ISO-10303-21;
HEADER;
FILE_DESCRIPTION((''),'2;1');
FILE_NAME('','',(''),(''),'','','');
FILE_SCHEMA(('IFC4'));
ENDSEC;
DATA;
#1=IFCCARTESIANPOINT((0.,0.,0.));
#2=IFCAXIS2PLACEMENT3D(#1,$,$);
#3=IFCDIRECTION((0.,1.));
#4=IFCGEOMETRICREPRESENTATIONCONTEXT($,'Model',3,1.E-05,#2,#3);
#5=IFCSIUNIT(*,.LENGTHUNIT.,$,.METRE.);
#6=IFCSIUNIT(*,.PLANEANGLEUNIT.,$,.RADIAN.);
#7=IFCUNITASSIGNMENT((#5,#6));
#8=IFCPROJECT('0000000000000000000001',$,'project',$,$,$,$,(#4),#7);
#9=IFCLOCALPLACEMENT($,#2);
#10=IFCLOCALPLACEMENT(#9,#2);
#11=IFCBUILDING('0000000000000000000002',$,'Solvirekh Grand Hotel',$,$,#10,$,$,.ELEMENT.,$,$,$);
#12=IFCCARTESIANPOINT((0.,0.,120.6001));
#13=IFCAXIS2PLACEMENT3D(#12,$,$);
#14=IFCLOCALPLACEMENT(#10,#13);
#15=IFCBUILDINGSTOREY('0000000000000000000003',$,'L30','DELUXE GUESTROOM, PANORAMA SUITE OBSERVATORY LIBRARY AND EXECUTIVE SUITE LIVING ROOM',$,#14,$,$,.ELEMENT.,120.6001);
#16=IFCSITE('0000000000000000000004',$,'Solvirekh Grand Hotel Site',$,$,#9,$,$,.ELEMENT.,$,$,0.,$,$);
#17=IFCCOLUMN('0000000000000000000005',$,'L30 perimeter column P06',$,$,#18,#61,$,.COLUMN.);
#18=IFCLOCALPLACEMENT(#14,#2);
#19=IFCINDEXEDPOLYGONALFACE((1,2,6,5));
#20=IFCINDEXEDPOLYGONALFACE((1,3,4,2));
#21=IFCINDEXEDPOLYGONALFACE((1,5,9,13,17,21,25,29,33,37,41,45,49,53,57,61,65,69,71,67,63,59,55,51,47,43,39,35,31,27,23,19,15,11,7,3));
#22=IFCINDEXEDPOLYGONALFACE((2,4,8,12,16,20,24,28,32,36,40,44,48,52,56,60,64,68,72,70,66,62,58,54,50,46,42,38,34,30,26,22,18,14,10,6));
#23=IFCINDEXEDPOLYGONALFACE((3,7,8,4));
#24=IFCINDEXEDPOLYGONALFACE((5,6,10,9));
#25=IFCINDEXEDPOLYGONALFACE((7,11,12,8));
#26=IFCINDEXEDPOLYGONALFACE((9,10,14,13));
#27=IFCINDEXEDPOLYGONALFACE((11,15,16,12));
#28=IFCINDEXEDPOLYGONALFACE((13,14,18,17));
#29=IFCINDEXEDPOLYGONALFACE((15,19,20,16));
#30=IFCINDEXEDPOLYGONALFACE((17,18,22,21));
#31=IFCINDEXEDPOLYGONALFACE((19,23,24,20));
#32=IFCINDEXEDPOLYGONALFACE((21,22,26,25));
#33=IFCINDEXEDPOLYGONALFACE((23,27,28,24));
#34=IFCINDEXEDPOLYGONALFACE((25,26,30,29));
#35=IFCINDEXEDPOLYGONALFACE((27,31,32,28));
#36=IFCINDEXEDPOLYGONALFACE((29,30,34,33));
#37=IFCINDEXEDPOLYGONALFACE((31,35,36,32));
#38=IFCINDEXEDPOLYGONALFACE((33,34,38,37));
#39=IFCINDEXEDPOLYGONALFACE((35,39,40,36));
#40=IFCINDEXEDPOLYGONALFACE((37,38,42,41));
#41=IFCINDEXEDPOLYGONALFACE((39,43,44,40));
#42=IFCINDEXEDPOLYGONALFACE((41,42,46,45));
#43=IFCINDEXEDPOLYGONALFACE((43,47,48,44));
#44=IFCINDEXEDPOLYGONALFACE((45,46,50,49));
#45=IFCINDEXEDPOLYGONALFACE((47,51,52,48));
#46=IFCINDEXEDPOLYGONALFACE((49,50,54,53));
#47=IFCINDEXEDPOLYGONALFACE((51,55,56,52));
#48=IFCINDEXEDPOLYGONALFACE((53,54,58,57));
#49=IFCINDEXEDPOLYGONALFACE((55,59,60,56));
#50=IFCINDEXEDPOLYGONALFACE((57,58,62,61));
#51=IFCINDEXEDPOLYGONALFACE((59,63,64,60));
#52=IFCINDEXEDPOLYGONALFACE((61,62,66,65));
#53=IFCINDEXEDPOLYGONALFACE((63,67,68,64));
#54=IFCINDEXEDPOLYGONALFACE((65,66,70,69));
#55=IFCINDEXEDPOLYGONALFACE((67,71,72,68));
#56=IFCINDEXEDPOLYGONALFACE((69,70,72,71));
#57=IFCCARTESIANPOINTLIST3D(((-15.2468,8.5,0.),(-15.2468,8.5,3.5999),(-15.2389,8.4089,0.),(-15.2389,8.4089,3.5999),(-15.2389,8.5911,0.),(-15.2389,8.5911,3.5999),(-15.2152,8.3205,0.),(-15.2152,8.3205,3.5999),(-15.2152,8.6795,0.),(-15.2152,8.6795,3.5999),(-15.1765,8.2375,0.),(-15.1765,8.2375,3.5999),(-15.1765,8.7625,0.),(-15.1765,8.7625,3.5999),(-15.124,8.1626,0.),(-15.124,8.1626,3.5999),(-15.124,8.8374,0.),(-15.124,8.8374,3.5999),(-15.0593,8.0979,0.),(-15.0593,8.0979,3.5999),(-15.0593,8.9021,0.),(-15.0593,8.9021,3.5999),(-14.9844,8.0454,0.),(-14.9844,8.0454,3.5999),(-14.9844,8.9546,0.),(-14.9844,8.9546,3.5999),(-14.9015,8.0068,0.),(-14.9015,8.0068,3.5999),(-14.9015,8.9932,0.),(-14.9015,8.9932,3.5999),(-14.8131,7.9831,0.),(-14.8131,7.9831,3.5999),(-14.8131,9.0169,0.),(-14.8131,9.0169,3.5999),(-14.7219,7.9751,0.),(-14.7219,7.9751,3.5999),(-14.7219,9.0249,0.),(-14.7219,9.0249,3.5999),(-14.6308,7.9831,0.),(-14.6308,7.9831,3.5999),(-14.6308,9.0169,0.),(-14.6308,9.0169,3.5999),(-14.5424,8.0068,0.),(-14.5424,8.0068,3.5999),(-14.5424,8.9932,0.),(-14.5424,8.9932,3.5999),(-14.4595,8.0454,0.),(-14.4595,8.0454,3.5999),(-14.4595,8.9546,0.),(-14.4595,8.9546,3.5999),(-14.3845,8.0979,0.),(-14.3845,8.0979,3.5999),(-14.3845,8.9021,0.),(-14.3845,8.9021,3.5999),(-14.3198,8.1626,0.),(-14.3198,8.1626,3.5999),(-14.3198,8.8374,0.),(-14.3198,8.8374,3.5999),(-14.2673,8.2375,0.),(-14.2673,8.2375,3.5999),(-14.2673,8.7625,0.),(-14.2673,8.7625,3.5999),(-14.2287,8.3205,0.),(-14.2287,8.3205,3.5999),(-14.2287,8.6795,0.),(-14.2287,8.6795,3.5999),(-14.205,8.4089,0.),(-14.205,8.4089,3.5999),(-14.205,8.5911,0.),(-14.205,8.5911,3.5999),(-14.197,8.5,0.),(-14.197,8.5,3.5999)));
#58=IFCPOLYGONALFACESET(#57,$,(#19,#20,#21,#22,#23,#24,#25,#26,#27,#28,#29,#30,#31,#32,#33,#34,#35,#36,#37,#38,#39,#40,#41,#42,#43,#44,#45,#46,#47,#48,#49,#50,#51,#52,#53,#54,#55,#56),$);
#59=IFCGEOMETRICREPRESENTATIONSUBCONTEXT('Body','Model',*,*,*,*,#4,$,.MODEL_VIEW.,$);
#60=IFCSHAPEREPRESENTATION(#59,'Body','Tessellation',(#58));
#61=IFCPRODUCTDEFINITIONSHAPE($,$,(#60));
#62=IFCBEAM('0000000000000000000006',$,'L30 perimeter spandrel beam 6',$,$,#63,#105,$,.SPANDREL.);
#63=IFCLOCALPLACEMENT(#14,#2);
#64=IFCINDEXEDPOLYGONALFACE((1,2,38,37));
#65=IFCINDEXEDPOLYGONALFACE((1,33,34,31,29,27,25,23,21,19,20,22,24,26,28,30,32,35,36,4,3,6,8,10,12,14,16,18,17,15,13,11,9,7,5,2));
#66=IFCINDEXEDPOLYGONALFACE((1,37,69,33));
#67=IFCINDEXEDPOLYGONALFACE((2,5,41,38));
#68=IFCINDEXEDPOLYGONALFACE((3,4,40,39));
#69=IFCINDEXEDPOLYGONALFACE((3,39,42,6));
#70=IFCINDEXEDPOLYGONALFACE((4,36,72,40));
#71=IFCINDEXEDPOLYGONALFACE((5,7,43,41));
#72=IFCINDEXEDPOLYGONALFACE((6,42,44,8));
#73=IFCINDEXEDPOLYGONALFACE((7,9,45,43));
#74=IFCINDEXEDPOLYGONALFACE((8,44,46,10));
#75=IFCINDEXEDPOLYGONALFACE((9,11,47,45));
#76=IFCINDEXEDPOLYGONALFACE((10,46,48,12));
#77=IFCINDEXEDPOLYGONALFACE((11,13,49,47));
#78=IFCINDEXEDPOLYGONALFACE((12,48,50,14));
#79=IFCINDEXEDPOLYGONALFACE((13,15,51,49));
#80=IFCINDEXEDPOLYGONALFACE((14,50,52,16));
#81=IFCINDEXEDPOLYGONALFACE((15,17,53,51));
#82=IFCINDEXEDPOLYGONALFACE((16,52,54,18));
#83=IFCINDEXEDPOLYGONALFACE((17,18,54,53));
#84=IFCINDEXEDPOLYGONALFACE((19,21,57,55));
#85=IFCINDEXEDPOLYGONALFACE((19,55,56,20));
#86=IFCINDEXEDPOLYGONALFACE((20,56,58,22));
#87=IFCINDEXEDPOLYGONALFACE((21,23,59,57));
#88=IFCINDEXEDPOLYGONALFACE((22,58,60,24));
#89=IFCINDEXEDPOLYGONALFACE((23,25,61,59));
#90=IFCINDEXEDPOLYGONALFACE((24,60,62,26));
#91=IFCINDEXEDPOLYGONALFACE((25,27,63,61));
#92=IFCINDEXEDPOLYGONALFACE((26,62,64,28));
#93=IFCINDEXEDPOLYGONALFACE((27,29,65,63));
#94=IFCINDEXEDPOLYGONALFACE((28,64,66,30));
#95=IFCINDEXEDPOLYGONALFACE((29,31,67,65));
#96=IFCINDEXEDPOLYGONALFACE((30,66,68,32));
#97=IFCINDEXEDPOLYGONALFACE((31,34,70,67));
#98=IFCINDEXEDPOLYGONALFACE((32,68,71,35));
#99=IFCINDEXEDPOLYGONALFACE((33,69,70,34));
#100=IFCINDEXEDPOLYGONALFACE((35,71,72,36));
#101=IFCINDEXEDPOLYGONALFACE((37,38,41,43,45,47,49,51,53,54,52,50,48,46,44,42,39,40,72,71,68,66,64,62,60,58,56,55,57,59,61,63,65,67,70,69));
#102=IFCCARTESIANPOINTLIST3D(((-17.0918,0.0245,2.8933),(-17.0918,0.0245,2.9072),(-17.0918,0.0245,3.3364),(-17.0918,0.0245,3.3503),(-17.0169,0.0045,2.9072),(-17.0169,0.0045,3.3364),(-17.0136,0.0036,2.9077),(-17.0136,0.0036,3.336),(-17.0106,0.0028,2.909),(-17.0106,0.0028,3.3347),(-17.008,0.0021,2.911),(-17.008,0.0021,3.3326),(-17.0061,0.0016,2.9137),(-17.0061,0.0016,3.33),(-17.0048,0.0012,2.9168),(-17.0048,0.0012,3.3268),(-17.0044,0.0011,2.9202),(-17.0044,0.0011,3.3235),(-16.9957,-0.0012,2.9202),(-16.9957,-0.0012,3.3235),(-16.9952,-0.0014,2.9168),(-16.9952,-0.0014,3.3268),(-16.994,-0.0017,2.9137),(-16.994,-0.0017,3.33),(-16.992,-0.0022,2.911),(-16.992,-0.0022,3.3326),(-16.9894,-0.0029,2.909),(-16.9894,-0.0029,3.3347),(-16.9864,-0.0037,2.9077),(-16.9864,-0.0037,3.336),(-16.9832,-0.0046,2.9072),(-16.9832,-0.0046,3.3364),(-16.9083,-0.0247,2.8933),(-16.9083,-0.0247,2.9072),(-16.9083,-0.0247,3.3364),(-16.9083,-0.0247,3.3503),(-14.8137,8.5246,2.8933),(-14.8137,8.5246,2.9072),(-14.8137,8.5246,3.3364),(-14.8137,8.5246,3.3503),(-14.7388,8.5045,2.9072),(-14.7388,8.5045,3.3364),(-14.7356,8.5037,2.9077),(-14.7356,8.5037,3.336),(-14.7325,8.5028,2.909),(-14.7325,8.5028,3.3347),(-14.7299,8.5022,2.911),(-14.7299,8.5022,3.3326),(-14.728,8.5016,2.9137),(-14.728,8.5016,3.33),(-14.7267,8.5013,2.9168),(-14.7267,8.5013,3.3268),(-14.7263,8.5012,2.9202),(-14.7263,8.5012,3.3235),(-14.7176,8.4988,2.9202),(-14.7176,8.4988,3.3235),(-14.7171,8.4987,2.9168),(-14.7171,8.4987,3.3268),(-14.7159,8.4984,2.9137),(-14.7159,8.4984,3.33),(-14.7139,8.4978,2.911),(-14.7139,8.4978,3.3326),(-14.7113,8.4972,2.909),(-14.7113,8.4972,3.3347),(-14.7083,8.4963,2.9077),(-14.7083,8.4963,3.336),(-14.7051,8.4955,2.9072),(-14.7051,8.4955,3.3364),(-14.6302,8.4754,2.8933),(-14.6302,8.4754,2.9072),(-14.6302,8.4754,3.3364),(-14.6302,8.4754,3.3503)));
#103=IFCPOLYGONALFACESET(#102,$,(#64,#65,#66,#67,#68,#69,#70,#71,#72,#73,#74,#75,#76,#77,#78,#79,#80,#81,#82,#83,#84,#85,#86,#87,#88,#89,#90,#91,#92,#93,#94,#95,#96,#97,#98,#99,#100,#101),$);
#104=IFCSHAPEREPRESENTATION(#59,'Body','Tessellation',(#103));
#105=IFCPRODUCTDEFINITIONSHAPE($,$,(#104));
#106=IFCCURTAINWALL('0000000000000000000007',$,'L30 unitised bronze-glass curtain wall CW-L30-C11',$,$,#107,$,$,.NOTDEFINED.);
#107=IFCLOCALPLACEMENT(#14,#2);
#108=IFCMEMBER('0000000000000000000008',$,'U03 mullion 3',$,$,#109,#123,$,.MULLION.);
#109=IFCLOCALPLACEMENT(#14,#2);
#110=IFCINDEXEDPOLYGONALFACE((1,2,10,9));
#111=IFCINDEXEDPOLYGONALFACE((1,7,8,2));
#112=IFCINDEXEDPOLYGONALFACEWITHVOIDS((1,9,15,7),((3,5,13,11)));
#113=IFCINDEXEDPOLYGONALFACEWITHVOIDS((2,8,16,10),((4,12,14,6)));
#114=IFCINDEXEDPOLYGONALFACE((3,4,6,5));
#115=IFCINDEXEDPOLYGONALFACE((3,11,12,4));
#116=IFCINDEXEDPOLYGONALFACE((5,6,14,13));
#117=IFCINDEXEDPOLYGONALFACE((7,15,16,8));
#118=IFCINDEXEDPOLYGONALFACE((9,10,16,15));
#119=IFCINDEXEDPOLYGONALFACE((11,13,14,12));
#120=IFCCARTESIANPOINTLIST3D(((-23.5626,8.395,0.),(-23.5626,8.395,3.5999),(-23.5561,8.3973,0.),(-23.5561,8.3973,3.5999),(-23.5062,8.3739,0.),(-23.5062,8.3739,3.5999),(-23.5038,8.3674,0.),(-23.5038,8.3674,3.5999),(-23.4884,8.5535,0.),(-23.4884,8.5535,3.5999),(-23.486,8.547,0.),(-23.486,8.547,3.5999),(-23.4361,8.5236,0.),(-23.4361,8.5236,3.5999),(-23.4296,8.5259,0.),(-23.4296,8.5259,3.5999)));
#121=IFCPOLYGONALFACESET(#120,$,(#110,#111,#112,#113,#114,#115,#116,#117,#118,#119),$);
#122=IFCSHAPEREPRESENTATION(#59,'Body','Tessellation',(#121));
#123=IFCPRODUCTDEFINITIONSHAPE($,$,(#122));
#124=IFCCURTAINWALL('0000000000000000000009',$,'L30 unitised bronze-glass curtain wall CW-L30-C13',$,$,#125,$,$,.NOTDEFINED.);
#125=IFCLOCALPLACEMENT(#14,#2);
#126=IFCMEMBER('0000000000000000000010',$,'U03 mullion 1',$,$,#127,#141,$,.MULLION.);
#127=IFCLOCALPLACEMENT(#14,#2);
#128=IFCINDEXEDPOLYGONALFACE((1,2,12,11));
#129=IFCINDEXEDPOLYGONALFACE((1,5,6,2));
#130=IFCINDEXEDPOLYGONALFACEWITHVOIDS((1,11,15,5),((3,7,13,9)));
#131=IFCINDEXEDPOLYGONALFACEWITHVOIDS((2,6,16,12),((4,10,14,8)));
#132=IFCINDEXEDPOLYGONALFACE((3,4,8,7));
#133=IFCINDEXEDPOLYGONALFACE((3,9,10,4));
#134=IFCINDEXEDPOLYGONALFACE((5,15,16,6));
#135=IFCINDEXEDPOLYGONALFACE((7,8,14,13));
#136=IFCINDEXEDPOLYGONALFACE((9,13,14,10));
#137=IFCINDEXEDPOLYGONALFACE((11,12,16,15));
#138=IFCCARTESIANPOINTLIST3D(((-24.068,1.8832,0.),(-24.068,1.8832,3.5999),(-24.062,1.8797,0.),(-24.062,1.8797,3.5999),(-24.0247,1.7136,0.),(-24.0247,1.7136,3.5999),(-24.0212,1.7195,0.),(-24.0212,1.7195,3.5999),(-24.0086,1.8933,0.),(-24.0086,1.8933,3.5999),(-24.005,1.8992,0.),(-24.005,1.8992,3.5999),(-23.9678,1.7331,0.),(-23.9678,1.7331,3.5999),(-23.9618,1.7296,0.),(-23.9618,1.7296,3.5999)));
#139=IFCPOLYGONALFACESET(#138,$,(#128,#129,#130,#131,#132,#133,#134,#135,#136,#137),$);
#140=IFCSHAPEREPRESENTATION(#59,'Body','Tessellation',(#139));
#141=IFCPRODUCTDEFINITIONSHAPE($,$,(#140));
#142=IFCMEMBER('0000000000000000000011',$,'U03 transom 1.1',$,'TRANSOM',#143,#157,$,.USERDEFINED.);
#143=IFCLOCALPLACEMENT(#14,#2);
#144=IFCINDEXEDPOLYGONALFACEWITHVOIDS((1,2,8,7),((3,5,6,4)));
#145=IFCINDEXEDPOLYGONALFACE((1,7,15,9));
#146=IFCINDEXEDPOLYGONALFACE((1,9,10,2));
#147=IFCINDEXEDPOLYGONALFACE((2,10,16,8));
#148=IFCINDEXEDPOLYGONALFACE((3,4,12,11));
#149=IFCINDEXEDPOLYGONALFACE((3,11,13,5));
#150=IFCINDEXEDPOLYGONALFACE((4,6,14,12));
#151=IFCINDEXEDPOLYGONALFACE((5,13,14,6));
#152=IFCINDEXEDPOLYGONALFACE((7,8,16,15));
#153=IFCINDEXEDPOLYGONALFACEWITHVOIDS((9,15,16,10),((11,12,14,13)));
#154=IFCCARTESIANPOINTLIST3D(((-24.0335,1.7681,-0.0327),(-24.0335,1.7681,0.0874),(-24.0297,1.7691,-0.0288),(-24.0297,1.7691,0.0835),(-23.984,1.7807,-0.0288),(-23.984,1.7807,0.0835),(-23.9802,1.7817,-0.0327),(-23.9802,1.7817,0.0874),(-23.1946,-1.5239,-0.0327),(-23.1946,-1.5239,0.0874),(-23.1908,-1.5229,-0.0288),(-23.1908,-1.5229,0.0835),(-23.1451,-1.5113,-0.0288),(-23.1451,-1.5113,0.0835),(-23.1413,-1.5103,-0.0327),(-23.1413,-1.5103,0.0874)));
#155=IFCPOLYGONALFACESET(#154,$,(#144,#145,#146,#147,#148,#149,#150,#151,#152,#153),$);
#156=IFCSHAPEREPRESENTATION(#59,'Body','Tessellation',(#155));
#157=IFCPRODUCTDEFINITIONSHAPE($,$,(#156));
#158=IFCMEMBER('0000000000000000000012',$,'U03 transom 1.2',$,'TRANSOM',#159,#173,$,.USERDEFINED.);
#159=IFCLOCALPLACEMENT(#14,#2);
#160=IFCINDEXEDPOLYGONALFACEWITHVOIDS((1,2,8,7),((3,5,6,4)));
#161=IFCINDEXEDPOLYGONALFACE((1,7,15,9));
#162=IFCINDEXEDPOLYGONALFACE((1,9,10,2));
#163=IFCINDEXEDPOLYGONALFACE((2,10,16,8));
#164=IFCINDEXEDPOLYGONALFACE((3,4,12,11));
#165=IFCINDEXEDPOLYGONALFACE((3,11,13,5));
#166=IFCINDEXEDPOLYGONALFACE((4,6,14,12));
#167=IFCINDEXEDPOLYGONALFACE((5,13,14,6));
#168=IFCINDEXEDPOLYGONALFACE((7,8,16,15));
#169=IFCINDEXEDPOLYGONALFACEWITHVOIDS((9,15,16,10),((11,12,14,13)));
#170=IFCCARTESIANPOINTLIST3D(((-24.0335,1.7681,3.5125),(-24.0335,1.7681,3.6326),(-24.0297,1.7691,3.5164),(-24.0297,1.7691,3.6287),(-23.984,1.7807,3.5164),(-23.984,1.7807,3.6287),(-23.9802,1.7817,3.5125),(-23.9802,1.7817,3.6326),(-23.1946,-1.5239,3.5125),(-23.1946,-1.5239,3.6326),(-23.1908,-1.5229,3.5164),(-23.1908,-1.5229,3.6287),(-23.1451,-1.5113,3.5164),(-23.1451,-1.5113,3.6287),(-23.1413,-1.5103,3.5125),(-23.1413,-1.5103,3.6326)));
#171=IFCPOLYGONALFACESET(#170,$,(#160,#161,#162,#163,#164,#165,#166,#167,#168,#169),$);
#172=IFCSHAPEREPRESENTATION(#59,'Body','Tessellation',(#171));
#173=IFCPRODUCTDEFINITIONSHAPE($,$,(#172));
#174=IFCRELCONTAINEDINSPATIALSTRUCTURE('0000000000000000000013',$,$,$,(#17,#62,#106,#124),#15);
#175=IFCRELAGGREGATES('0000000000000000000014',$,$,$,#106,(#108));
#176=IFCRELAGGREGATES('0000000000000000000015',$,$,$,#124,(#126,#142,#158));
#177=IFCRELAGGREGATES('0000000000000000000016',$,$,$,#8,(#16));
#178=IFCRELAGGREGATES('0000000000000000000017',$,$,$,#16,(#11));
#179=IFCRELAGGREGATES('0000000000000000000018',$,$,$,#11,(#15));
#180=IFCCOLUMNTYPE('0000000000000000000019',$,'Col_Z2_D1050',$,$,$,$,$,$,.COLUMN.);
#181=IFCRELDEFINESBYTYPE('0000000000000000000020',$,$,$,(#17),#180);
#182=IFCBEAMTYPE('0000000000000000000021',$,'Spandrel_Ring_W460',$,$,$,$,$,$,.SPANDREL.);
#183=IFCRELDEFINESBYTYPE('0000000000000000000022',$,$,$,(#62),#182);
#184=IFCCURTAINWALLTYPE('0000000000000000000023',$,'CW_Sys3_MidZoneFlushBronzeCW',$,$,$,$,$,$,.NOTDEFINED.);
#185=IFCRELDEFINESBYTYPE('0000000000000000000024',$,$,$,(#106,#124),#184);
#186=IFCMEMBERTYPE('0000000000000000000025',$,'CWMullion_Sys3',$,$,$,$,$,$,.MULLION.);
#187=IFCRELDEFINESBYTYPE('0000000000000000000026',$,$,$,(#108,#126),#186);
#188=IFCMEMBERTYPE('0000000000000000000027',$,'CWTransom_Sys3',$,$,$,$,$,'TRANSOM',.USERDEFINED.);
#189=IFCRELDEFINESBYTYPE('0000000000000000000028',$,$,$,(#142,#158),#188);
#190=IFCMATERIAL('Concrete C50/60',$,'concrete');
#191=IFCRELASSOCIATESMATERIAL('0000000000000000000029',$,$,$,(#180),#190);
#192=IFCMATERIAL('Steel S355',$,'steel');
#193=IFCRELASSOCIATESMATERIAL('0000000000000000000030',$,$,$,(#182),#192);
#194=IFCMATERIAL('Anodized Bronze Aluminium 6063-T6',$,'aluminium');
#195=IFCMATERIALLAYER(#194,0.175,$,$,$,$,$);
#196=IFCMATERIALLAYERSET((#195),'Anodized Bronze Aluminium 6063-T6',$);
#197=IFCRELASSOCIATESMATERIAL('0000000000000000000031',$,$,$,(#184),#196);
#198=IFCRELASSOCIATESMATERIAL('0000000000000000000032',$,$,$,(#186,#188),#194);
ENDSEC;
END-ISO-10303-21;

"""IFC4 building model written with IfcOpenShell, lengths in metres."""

from ifc_helpers import new_model, si_unit, direction, frame, origin, origin_2d, place, context, subcontext, project, spatial, hollow_rectangle, circle, i_section, extrude, source, transform, mapped, material, layer, layer_set, material_profile, profile_set, type_object, element, aggregate, save


model = new_model("IFC4")

# Units and contexts
model_context = context("Model", 3, precision=1e-05, world=origin(), true_north=direction((0.0, 1.0)))
body_context = subcontext(model_context, "Body", "Model", "MODEL_VIEW")
ifc_project = project(units=[si_unit("LENGTHUNIT", "METRE"), si_unit("PLANEANGLEUNIT", "RADIAN")], contexts=[model_context])

# Site, building, storey
site_placement = place(None, origin())
site = spatial("IfcSite", under=ifc_project, at=site_placement, Name="Solvirekh Grand Hotel Site", CompositionType="ELEMENT", RefElevation=0.0)
building_placement = place(site_placement, origin())
building = spatial("IfcBuilding", under=site, at=building_placement, Name="Solvirekh Grand Hotel", CompositionType="ELEMENT")
storey_placement = place(building_placement, frame((0.0, 0.0, 120.6001)))
storey = spatial("IfcBuildingStorey", under=building, at=storey_placement, Name="L30", Description="DELUXE GUESTROOM, PANORAMA SUITE OBSERVATORY LIBRARY AND EXECUTIVE SUITE LIVING ROOM", CompositionType="ELEMENT", Elevation=120.6001)

# Column
ifc_material_1 = material(Name="Concrete C50/60", Category="concrete")
ifc_material_profile_1 = material_profile(ifc_material_1, circle(Radius=0.5249, at=origin_2d()), Name="RC CIRC D1050")
ifc_profile_set_1 = profile_set([ifc_material_profile_1], Name="Concrete C50/60")
column_type = type_object("IfcColumnType", Name="Col_Z2_D1050", PredefinedType="COLUMN", material=ifc_profile_set_1)
column_placement = place(storey_placement, frame((-14.7219, 8.5, 0.0), z_axis=(0.0, 0.0, 1.0), x_axis=(1.0, 0.0, 0.0)))
element("IfcColumn", 1, at=column_placement, inside=storey, type_object=column_type, Name="L30 perimeter column P06", PredefinedType="COLUMN", context=body_context, shape_type="SweptSolid", body=[
    extrude(circle(Radius=0.5249, at=origin_2d()), origin(), (0.0, 0.0, 1.0), 3.5999),
])

# Beam
ifc_material_2 = material(Name="Steel S355", Category="steel")
ifc_material_profile_2 = material_profile(ifc_material_2, i_section(OverallWidth=0.1899, OverallDepth=0.457, WebThickness=0.009, FlangeThickness=0.0139, FilletRadius=0.0129, at=origin_2d()), Name="W460X74")
ifc_profile_set_2 = profile_set([ifc_material_profile_2], Name="Steel S355")
beam_type = type_object("IfcBeamType", Name="Spandrel_Ring_W460", PredefinedType="SPANDREL", material=ifc_profile_set_2)
beam_placement = place(storey_placement, frame((-14.7219, 8.5, 3.1218), z_axis=(-0.258873, -0.965911, 0.0), x_axis=(0.965911, -0.258873, 0.0)))
element("IfcBeam", 2, at=beam_placement, inside=storey, type_object=beam_type, Name="L30 perimeter spandrel beam 6", PredefinedType="SPANDREL", context=body_context, shape_type="SweptSolid", body=[
    extrude(i_section(OverallWidth=0.1899, OverallDepth=0.457, WebThickness=0.009, FlangeThickness=0.0139, FilletRadius=0.0129, at=origin_2d()), origin(), (0.0, 0.0, 1.0), 8.8),
])

# Curtain wall, member
ifc_material_3 = material(Name="Anodized Bronze Aluminium 6063-T6", Category="aluminium")
ifc_layer_1 = layer(ifc_material_3, 0.175)
ifc_layer_set_1 = layer_set([ifc_layer_1], Name="Anodized Bronze Aluminium 6063-T6")
curtain_wall_type = type_object("IfcCurtainWallType", Name="CW_Sys3_MidZoneFlushBronzeCW", PredefinedType="NOTDEFINED", material=ifc_layer_set_1)
curtain_wall_1_placement = place(storey_placement, origin())
curtain_wall_1 = element("IfcCurtainWall", 3, at=curtain_wall_1_placement, inside=storey, type_object=curtain_wall_type, Name="L30 unitised bronze-glass curtain wall CW-L30-C11", PredefinedType="NOTDEFINED")
ifc_material_profile_3 = material_profile(ifc_material_3, hollow_rectangle(XDim=0.0649, YDim=0.175, WallThickness=0.0049, at=origin_2d()), Name="ALU RHS 175X65X5")
ifc_profile_set_3 = profile_set([ifc_material_profile_3], Name="Anodized Bronze Aluminium 6063-T6")
member_type_1 = type_object("IfcMemberType", Name="CWMullion_Sys3", PredefinedType="MULLION", material=ifc_profile_set_3)
shared_shape_1 = source(origin(), body_context, "Body", "SweptSolid", [
    extrude(hollow_rectangle(XDim=0.0649, YDim=0.175, WallThickness=0.0049, at=origin_2d()), origin(), (0.0, 0.0, 1.0), 3.5999),
])
member_1_placement = place(storey_placement, frame((-23.4961, 8.4604, 0.0), z_axis=(0.0, 0.0, 1.0), x_axis=(0.905564, -0.424209, 0.0)))
member_1 = element("IfcMember", 4, at=member_1_placement, type_object=member_type_1, Name="U03 mullion 3", PredefinedType="MULLION", context=body_context, shape_type="MappedRepresentation", body=[
    mapped(shared_shape_1, transform((0.0, 0.0, 0.0), x_axis=(1.0, 0.0, 0.0), y_axis=(0.0, 1.0, 0.0), z_axis=(0.0, 0.0, 1.0), scale=1.0)),
])
aggregate(curtain_wall_1, [member_1])

# Curtain wall, members
curtain_wall_2_placement = place(storey_placement, origin())
curtain_wall_2 = element("IfcCurtainWall", 5, at=curtain_wall_2_placement, inside=storey, type_object=curtain_wall_type, Name="L30 unitised bronze-glass curtain wall CW-L30-C13", PredefinedType="NOTDEFINED")
member_2_placement = place(storey_placement, frame((-24.0149, 1.8064, 0.0), z_axis=(0.0, 0.0, 1.0), x_axis=(0.96903, 0.246943, 0.0)))
member_2 = element("IfcMember", 6, at=member_2_placement, type_object=member_type_1, Name="U03 mullion 1", PredefinedType="MULLION", context=body_context, shape_type="MappedRepresentation", body=[
    mapped(shared_shape_1, transform((0.0, 0.0, 0.0), x_axis=(1.0, 0.0, 0.0), y_axis=(0.0, 1.0, 0.0), z_axis=(0.0, 0.0, 1.0), scale=1.0)),
])
ifc_material_profile_4 = material_profile(ifc_material_3, hollow_rectangle(XDim=0.0549, YDim=0.1201, WallThickness=0.0039, at=origin_2d()), Name="ALU RHS 120X55X4")
ifc_profile_set_4 = profile_set([ifc_material_profile_4], Name="Anodized Bronze Aluminium 6063-T6")
member_type_2 = type_object("IfcMemberType", Name="CWTransom_Sys3", ElementType="TRANSOM", PredefinedType="USERDEFINED", material=ifc_profile_set_4)
shared_shape_2 = source(origin(), body_context, "Body", "SweptSolid", [
    extrude(hollow_rectangle(XDim=0.0549, YDim=0.1201, WallThickness=0.0039, at=origin_2d()), origin(), (0.0, 0.0, 1.0), 3.3972),
])
member_3_placement = place(storey_placement, frame((-24.0068, 1.7749, 0.0273), z_axis=(0.24693, -0.969033, 0.0), x_axis=(0.969033, 0.24693, 0.0)))
member_3 = element("IfcMember", 7, at=member_3_placement, type_object=member_type_2, Name="U03 transom 1.1", ObjectType="TRANSOM", PredefinedType="USERDEFINED", context=body_context, shape_type="MappedRepresentation", body=[
    mapped(shared_shape_2, transform((0.0, 0.0, 0.0), x_axis=(1.0, 0.0, 0.0), y_axis=(0.0, 1.0, 0.0), z_axis=(0.0, 0.0, 1.0), scale=1.0)),
])
member_4_placement = place(storey_placement, frame((-24.0068, 1.7749, 3.5725), z_axis=(0.24693, -0.969033, 0.0), x_axis=(0.969033, 0.24693, 0.0)))
member_4 = element("IfcMember", 8, at=member_4_placement, type_object=member_type_2, Name="U03 transom 1.2", ObjectType="TRANSOM", PredefinedType="USERDEFINED", context=body_context, shape_type="MappedRepresentation", body=[
    mapped(shared_shape_2, transform((0.0, 0.0, 0.0), x_axis=(1.0, 0.0, 0.0), y_axis=(0.0, 1.0, 0.0), z_axis=(0.0, 0.0, 1.0), scale=1.0)),
])
aggregate(curtain_wall_2, [member_2, member_3, member_4])

save(model, "model.ifc")
